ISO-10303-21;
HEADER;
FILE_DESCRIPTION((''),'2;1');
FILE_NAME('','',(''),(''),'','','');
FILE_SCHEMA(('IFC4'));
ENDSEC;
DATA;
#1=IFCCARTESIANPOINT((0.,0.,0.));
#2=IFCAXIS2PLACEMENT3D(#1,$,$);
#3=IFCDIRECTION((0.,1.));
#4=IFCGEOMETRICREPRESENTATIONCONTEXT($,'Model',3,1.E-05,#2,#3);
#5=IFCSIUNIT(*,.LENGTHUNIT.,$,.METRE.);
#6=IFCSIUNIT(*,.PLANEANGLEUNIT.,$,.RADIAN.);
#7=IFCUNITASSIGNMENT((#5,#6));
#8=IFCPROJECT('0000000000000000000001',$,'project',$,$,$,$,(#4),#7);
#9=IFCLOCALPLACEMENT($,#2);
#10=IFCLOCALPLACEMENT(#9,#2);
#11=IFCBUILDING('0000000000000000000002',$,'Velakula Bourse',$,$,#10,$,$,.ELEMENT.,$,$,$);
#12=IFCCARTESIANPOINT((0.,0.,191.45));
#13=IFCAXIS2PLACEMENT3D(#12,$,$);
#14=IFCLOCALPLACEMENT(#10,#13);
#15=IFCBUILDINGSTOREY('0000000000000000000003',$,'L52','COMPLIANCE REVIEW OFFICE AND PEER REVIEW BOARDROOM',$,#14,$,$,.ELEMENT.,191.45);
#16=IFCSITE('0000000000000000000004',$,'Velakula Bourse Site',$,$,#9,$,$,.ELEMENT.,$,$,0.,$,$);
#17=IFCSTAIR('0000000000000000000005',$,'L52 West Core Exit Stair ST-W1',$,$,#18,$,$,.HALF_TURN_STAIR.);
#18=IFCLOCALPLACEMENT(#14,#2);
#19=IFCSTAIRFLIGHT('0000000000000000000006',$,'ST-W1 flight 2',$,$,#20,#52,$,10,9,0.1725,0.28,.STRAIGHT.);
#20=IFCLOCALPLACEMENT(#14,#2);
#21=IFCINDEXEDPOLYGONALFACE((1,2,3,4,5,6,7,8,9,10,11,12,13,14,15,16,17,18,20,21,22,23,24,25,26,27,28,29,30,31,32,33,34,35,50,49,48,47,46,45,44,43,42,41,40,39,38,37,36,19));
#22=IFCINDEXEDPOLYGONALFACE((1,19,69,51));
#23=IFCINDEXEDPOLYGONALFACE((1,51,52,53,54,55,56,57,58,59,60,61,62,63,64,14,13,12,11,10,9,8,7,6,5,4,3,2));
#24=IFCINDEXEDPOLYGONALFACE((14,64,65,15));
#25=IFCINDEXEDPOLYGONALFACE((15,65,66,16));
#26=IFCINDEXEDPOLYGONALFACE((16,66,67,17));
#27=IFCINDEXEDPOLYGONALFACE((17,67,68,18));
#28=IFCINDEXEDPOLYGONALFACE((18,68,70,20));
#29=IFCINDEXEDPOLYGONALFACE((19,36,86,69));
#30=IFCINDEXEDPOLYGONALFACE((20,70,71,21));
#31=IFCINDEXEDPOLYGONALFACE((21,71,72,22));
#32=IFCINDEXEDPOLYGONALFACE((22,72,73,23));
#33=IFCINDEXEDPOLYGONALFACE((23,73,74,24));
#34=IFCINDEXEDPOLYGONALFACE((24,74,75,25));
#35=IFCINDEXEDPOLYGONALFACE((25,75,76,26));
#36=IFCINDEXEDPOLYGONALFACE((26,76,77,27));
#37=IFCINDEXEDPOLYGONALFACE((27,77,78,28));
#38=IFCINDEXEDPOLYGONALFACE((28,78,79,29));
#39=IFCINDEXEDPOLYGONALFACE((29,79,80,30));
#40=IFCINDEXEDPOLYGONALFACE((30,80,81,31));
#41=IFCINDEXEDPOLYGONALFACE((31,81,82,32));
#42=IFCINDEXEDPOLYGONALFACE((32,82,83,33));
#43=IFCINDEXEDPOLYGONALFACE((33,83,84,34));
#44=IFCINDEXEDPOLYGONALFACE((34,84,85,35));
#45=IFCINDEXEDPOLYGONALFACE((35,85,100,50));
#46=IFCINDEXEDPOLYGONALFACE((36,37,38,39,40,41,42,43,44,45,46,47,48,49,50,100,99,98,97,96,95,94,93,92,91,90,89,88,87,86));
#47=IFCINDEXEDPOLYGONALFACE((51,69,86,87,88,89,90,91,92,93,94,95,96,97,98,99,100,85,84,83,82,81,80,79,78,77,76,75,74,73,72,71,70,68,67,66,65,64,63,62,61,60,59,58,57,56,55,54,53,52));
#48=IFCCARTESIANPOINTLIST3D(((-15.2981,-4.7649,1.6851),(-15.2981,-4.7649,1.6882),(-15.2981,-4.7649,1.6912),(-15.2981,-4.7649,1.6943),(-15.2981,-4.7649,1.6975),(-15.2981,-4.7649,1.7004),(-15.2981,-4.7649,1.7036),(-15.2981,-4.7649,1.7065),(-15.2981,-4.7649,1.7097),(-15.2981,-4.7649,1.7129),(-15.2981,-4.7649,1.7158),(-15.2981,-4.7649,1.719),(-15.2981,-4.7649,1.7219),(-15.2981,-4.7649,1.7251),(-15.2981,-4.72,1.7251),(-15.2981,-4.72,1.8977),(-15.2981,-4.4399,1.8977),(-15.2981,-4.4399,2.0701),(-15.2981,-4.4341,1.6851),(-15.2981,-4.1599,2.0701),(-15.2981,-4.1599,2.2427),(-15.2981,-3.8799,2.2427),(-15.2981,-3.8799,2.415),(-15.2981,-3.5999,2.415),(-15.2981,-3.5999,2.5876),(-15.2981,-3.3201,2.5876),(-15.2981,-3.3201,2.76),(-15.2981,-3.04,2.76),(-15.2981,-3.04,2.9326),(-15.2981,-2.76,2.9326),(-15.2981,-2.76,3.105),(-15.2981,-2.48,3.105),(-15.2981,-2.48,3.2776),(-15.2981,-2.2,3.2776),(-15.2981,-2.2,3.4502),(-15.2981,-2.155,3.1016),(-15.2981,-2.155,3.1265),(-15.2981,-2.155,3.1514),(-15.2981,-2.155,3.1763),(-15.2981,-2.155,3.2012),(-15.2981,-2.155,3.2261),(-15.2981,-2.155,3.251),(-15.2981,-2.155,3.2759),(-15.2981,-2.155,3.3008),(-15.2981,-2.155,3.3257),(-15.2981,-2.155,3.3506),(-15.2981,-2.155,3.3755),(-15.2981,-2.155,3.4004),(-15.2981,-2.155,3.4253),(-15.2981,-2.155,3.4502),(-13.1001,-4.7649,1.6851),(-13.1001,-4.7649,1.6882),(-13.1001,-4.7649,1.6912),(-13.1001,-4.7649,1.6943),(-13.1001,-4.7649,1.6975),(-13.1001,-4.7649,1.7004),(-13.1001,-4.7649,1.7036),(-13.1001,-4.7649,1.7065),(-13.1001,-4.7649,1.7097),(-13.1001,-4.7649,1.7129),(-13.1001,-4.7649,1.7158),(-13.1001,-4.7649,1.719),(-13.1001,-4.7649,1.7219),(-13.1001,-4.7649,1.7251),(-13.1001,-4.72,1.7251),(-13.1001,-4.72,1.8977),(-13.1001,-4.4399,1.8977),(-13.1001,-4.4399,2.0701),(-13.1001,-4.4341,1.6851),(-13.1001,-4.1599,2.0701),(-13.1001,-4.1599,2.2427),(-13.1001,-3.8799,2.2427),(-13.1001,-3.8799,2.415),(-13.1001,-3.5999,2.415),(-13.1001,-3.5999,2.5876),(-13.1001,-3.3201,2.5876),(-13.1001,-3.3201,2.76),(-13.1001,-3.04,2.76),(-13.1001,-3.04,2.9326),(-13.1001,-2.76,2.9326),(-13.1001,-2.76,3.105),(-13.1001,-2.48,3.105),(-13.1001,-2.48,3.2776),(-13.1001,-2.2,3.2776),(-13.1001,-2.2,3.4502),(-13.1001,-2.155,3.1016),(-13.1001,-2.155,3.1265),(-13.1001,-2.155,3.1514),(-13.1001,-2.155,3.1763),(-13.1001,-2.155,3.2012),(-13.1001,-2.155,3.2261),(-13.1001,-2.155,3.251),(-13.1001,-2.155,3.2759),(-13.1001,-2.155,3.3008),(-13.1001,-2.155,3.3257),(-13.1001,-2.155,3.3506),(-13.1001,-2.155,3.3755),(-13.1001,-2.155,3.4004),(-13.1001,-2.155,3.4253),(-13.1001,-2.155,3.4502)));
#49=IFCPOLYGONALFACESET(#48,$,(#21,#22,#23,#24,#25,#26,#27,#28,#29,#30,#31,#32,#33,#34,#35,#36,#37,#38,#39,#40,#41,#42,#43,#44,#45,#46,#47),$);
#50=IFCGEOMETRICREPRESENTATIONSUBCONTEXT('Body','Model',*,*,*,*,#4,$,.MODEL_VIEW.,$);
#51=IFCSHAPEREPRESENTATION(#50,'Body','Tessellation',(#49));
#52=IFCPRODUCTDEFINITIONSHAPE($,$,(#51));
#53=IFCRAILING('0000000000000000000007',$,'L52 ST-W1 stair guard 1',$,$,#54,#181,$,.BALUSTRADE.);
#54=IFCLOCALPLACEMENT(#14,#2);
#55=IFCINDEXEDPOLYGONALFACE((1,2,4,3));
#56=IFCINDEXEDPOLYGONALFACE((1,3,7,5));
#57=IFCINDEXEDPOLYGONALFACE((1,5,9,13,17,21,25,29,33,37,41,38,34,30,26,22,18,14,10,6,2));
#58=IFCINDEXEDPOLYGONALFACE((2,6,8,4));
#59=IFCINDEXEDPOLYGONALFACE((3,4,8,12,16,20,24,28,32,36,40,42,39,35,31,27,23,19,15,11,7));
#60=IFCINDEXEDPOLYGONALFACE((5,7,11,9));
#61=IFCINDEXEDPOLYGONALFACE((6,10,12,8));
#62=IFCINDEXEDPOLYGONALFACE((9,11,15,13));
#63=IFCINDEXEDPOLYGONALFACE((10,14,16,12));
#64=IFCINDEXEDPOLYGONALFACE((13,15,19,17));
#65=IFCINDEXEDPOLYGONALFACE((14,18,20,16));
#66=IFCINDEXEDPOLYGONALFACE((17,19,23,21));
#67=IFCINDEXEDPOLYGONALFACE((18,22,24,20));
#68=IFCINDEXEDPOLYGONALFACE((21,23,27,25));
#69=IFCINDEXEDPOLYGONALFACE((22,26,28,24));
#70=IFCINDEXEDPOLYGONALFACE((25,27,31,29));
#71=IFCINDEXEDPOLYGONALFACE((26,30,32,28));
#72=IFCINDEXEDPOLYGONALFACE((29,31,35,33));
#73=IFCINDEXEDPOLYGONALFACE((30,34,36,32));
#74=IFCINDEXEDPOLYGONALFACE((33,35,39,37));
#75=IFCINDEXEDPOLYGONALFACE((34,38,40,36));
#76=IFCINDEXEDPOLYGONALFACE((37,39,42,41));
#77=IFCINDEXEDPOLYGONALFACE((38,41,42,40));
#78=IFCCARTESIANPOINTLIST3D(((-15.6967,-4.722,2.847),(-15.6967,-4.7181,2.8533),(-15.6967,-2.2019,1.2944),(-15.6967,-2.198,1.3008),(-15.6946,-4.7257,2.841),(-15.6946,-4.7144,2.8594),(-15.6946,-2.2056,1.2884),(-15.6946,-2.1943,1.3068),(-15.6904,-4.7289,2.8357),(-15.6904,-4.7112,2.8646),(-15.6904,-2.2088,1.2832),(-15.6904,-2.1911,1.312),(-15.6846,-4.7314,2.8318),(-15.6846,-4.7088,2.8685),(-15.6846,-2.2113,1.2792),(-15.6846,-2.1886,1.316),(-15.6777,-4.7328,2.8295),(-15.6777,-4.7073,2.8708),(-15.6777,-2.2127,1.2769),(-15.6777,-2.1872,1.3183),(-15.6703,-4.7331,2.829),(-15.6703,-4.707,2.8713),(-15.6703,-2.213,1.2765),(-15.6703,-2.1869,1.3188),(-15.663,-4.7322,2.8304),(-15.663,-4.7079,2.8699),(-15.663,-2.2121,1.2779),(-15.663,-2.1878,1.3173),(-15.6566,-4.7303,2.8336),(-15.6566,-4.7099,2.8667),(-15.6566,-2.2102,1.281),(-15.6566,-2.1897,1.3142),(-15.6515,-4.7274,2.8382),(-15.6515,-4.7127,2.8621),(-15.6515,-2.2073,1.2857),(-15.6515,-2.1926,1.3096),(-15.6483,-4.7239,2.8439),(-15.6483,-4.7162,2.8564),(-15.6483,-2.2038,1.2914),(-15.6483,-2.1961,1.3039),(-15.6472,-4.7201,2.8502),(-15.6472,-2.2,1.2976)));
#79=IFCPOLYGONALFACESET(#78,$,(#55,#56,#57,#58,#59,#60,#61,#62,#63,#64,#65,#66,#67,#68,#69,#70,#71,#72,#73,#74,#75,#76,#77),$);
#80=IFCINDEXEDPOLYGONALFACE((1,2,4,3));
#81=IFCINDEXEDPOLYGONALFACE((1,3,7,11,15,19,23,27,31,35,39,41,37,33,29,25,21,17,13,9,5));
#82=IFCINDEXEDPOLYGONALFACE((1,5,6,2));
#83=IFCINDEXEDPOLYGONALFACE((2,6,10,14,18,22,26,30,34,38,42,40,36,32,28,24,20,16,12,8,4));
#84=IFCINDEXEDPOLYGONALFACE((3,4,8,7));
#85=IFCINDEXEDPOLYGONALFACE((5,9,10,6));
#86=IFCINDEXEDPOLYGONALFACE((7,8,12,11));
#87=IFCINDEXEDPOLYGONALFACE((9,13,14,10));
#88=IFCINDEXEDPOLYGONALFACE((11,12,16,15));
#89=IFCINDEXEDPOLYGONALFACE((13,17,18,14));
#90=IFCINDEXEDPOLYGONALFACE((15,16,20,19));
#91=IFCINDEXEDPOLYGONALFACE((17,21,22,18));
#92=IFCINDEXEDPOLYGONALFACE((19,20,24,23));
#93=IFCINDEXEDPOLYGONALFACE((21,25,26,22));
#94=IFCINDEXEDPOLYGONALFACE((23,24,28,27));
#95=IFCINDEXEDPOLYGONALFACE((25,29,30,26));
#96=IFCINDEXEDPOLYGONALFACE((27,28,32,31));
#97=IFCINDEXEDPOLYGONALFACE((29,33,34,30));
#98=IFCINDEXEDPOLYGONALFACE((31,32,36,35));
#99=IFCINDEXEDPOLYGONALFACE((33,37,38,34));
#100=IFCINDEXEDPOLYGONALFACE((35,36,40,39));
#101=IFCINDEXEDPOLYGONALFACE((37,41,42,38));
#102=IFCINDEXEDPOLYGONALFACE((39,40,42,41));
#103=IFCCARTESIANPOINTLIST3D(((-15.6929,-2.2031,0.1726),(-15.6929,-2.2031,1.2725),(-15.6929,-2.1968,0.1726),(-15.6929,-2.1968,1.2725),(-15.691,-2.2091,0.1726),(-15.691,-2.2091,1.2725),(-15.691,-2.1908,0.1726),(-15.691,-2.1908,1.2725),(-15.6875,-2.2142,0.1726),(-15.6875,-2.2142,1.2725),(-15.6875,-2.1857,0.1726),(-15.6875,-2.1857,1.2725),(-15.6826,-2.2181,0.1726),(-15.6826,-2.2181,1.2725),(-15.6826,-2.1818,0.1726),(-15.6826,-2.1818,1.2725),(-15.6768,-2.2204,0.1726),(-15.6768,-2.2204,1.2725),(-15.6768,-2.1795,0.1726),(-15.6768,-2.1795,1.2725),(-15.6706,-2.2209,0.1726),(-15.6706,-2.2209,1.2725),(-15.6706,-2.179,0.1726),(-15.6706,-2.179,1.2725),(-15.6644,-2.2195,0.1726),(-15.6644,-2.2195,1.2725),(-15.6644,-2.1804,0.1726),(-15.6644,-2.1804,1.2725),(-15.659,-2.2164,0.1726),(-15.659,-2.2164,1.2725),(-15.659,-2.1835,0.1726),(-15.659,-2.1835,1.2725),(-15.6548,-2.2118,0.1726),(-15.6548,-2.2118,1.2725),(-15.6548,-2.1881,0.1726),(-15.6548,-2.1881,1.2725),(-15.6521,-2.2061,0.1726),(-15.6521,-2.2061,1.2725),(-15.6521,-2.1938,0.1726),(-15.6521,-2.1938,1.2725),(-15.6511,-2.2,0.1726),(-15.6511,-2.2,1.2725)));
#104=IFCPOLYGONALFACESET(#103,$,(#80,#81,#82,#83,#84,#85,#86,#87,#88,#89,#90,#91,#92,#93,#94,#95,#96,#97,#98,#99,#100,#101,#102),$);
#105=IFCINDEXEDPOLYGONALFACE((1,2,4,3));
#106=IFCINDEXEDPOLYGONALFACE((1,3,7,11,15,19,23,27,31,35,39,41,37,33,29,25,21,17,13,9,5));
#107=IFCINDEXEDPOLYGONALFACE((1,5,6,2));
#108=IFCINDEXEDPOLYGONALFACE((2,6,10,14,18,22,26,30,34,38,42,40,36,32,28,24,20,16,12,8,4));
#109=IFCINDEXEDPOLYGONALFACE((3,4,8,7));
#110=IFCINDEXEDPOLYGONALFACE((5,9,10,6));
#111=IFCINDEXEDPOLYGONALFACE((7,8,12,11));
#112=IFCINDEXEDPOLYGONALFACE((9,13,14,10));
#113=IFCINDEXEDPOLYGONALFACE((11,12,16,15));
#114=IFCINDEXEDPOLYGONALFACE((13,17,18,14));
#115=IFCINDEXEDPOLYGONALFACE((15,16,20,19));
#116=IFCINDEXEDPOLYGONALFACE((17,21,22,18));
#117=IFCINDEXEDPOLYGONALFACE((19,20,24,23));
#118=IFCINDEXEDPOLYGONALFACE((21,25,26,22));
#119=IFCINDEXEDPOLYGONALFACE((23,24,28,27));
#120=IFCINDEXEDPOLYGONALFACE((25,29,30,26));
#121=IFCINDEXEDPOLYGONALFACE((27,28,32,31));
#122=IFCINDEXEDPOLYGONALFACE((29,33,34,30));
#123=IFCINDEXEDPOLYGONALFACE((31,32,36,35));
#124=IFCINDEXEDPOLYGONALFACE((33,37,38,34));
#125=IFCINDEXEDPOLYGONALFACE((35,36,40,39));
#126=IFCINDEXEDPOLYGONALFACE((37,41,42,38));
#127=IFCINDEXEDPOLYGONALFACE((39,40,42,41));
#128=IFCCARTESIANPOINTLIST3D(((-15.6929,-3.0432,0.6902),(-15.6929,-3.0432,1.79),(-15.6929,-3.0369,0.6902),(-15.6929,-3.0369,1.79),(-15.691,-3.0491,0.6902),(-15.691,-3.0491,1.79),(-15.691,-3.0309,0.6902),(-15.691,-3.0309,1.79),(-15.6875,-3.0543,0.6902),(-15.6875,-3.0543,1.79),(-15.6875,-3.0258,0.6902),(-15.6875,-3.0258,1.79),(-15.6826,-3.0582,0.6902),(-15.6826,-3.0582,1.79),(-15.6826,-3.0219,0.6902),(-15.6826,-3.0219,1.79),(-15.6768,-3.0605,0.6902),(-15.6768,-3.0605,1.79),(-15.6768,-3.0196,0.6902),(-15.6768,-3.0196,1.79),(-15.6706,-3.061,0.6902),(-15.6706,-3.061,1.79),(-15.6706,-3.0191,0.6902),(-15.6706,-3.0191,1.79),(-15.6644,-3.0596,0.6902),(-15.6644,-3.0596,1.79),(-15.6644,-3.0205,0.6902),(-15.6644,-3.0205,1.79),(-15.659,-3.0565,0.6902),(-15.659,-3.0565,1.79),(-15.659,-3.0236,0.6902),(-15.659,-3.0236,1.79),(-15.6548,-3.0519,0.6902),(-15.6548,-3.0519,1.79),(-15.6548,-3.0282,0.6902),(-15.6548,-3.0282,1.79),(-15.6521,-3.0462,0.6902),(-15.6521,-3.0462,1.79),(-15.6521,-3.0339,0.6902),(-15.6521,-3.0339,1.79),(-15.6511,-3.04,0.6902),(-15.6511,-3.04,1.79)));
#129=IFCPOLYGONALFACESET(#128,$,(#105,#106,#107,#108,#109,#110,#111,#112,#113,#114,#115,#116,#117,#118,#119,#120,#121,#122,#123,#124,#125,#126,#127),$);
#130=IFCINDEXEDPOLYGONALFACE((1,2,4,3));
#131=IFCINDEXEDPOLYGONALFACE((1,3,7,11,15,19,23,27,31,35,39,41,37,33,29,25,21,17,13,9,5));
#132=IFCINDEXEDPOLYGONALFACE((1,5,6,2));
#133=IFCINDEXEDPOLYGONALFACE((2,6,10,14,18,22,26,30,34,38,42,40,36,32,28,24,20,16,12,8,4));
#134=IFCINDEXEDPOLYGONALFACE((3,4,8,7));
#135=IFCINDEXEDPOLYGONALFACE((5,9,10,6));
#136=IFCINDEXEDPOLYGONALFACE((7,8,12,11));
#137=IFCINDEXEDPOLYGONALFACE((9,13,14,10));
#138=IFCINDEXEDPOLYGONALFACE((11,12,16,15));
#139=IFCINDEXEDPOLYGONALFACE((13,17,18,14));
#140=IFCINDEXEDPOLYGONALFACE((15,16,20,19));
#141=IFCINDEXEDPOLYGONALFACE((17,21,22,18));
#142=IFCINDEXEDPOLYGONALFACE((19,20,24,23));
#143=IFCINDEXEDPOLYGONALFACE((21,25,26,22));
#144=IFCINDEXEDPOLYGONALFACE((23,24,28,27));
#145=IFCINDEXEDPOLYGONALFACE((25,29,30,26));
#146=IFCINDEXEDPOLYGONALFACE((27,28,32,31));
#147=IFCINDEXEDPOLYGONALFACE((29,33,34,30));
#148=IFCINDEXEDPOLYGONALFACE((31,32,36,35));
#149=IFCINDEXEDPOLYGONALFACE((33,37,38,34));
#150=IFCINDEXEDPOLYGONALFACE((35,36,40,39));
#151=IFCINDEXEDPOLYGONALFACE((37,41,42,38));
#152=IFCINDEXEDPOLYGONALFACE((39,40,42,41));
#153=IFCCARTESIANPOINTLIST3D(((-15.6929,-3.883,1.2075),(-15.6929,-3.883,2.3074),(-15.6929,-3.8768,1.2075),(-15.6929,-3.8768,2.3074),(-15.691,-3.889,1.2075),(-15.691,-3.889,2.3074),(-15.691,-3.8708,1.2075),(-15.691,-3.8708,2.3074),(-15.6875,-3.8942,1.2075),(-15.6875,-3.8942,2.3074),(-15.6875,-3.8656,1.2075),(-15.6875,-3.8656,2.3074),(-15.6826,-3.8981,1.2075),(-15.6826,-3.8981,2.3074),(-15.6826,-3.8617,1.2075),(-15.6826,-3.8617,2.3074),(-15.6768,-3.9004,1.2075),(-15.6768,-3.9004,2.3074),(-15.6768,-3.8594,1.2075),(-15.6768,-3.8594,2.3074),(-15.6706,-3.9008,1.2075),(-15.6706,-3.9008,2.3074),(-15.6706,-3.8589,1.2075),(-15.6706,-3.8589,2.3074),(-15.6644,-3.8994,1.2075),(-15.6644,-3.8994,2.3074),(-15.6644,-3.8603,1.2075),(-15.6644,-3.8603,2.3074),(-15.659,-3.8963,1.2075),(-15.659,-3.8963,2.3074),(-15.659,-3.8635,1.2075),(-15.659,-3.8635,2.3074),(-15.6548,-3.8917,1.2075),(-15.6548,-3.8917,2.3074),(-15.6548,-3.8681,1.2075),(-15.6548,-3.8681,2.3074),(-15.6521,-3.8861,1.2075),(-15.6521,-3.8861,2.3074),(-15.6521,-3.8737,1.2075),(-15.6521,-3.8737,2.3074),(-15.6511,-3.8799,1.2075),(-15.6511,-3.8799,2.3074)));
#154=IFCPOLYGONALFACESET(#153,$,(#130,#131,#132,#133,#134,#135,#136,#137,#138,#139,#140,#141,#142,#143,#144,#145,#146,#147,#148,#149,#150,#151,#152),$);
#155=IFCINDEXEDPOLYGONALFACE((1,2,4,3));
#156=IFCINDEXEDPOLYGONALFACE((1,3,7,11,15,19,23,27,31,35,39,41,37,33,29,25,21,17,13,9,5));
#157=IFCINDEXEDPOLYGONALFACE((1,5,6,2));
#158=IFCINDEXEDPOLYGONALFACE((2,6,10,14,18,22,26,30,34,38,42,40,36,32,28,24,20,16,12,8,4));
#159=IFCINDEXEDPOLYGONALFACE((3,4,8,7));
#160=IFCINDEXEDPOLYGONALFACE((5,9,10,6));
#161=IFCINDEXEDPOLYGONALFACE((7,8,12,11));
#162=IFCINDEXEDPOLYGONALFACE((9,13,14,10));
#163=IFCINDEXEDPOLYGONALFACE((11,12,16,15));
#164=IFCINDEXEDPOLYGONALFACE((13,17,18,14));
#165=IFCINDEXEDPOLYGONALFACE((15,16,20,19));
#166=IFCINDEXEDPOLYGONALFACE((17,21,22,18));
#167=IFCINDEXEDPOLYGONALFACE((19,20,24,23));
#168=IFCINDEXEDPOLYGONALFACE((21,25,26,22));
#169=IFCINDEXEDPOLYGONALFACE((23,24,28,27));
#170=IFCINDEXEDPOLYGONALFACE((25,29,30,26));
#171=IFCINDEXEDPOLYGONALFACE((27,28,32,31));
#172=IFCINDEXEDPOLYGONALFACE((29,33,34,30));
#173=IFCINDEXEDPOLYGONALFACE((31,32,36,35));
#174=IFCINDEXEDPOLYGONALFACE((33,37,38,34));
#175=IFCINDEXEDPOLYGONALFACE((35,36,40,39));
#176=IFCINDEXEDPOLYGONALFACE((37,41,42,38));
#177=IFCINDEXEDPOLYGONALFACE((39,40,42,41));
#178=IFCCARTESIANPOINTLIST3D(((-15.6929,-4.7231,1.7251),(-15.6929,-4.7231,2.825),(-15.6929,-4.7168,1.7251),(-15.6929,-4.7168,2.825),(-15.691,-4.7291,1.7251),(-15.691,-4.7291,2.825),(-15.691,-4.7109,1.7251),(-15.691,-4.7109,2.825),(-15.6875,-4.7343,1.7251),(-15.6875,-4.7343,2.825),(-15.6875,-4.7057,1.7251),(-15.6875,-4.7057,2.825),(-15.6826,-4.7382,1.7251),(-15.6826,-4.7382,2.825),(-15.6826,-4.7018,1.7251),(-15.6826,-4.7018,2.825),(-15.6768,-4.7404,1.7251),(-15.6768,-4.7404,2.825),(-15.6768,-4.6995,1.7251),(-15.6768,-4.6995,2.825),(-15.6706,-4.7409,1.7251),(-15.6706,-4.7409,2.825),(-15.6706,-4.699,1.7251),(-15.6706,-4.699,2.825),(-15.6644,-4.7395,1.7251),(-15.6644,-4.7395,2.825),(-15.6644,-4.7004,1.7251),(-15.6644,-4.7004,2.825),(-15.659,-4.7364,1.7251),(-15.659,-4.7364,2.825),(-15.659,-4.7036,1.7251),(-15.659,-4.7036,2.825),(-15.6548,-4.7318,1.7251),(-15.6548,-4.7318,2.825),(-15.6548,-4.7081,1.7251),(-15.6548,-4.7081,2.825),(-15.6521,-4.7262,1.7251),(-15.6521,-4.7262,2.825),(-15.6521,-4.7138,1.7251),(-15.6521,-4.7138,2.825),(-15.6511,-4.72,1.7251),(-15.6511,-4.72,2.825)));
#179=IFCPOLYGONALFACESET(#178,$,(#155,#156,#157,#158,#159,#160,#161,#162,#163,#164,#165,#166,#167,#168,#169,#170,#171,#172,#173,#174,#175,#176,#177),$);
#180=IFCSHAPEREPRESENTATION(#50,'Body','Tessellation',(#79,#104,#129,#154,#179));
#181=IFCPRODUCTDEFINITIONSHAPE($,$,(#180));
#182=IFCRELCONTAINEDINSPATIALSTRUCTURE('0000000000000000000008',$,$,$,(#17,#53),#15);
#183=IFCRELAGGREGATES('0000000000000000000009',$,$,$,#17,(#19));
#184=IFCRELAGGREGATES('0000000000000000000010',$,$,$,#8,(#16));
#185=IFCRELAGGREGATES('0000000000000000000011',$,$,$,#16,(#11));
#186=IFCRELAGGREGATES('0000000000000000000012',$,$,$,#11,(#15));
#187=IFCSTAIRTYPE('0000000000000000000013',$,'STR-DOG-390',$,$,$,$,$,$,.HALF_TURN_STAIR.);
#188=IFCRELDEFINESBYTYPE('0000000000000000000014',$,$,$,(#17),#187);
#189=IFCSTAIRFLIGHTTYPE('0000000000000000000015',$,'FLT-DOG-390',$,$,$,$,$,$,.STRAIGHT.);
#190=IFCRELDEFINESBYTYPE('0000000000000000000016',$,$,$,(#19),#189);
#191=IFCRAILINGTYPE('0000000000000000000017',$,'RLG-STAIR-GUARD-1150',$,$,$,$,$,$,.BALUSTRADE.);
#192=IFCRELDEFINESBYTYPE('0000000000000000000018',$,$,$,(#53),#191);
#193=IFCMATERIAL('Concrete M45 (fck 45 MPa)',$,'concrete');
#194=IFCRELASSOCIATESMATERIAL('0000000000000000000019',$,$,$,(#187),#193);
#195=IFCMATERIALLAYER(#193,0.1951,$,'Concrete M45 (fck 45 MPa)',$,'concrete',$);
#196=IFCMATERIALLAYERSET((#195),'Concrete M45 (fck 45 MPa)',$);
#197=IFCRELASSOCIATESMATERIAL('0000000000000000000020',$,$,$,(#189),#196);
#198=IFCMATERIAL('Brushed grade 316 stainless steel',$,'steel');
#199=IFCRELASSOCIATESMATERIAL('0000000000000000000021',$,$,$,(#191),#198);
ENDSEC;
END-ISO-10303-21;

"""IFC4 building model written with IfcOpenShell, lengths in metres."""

from ifc_helpers import new_model, si_unit, direction, frame, origin, origin_2d, place, context, subcontext, project, spatial, polyline, circle, outline, extrude, material, layer, layer_set, type_object, element, aggregate, save


model = new_model("IFC4")

# Units and contexts
model_context = context("Model", 3, precision=1e-05, world=origin(), true_north=direction((0.0, 1.0)))
body_context = subcontext(model_context, "Body", "Model", "MODEL_VIEW")
ifc_project = project(units=[si_unit("LENGTHUNIT", "METRE"), si_unit("PLANEANGLEUNIT", "RADIAN")], contexts=[model_context])

# Site, building, storey
site_placement = place(None, origin())
site = spatial("IfcSite", under=ifc_project, at=site_placement, Name="Velakula Bourse Site", CompositionType="ELEMENT", RefElevation=0.0)
building_placement = place(site_placement, origin())
building = spatial("IfcBuilding", under=site, at=building_placement, Name="Velakula Bourse", CompositionType="ELEMENT")
storey_placement = place(building_placement, frame((0.0, 0.0, 191.45)))
storey = spatial("IfcBuildingStorey", under=building, at=storey_placement, Name="L52", Description="COMPLIANCE REVIEW OFFICE AND PEER REVIEW BOARDROOM", CompositionType="ELEMENT", Elevation=191.45)

# Shared definitions
ifc_material_1 = material(Name="Brushed grade 316 stainless steel", Category="steel")

# Stair, stair flight
ifc_material_2 = material(Name="Concrete M45 (fck 45 MPa)", Category="concrete")
stair_type = type_object("IfcStairType", Name="STR-DOG-390", PredefinedType="HALF_TURN_STAIR", material=ifc_material_2)
stair_placement = place(storey_placement, origin())
stair = element("IfcStair", 1, at=stair_placement, inside=storey, type_object=stair_type, Name="L52 West Core Exit Stair ST-W1", PredefinedType="HALF_TURN_STAIR")
ifc_layer_1 = layer(ifc_material_2, 0.1951, Name="Concrete M45 (fck 45 MPa)", Category="concrete")
ifc_layer_set_1 = layer_set([ifc_layer_1], Name="Concrete M45 (fck 45 MPa)")
stair_flight_type = type_object("IfcStairFlightType", Name="FLT-DOG-390", PredefinedType="STRAIGHT", material=ifc_layer_set_1)
stair_flight_1_placement = place(storey_placement, frame((-14.199, -4.72, 1.7251), z_axis=(0.0, 0.0, 1.0), x_axis=(0.0, 1.0, 0.0)))
stair_flight_1 = element("IfcStairFlight", 2, at=stair_flight_1_placement, type_object=stair_flight_type, Name="ST-W1 flight 2", NumberOfRisers=10, NumberOfTreads=9, PredefinedType="STRAIGHT", RiserHeight=0.1725, TreadLength=0.28, context=body_context, shape_type="SweptSolid", body=[
    extrude(outline(polyline([(-0.0449, -0.04), (-0.0449, -0.0369), (-0.0449, -0.0339), (-0.0449, -0.0308), (-0.0449, -0.0276), (-0.0449, -0.0247), (-0.0449, -0.0215), (-0.0449, -0.0186), (-0.0449, -0.0154), (-0.0449, -0.0122), (-0.0449, -0.0093), (-0.0449, -0.0061), (-0.0449, -0.0032), (-0.0449, 0.0), (0.0, 0.0), (0.0, 0.1726), (0.28, 0.1726), (0.28, 0.345), (0.5601, 0.345), (0.5601, 0.5176), (0.8401, 0.5176), (0.8401, 0.6899), (1.1201, 0.6899), (1.1201, 0.8625), (1.3999, 0.8625), (1.3999, 1.0349), (1.6799, 1.0349), (1.6799, 1.2075), (1.96, 1.2075), (1.96, 1.3799), (2.24, 1.3799), (2.24, 1.5525), (2.52, 1.5525), (2.52, 1.7251), (2.5649, 1.7251), (2.5649, 1.7002), (2.5649, 1.6753), (2.5649, 1.6504), (2.5649, 1.6255), (2.5649, 1.6006), (2.5649, 1.5757), (2.5649, 1.5508), (2.5649, 1.5259), (2.5649, 1.501), (2.5649, 1.4761), (2.5649, 1.4512), (2.5649, 1.4263), (2.5649, 1.4014), (2.5649, 1.3765), (0.2859, -0.04), (-0.0449, -0.04)])), frame((0.0, 1.0991, 0.0), z_axis=(0.0, -1.0, 0.0), x_axis=(1.0, 0.0, 0.0)), (0.0, 0.0, 1.0), 2.198),
])
aggregate(stair, [stair_flight_1])

# Railing
railing_type_1 = type_object("IfcRailingType", Name="RLG-STAIR-GUARD-1150", PredefinedType="BALUSTRADE", material=ifc_material_1)
railing_1_placement = place(storey_placement, frame((-15.6721, -2.2, 0.1726)))
element("IfcRailing", 3, at=railing_1_placement, inside=storey, type_object=railing_type_1, Name="L52 ST-W1 stair guard 1", PredefinedType="BALUSTRADE", context=body_context, shape_type="SweptSolid", body=[
    extrude(circle(Radius=0.0249, at=origin_2d()), frame((0.0, 0.0, 1.125), z_axis=(0.0, -0.8514, 0.524516), x_axis=(1.0, 0.0, 0.0)), (0.0, 0.0, 1.0), 2.96),
    extrude(circle(Radius=0.021, at=origin_2d()), origin(), (0.0, 0.0, 1.0), 1.0999),
    extrude(circle(Radius=0.021, at=origin_2d()), frame((0.0, -0.8401, 0.5176)), (0.0, 0.0, 1.0), 1.0999),
    extrude(circle(Radius=0.021, at=origin_2d()), frame((0.0, -1.6799, 1.0349)), (0.0, 0.0, 1.0), 1.0999),
    extrude(circle(Radius=0.021, at=origin_2d()), frame((0.0, -2.52, 1.5525)), (0.0, 0.0, 1.0), 1.0999),
])

save(model, "model.ifc")
